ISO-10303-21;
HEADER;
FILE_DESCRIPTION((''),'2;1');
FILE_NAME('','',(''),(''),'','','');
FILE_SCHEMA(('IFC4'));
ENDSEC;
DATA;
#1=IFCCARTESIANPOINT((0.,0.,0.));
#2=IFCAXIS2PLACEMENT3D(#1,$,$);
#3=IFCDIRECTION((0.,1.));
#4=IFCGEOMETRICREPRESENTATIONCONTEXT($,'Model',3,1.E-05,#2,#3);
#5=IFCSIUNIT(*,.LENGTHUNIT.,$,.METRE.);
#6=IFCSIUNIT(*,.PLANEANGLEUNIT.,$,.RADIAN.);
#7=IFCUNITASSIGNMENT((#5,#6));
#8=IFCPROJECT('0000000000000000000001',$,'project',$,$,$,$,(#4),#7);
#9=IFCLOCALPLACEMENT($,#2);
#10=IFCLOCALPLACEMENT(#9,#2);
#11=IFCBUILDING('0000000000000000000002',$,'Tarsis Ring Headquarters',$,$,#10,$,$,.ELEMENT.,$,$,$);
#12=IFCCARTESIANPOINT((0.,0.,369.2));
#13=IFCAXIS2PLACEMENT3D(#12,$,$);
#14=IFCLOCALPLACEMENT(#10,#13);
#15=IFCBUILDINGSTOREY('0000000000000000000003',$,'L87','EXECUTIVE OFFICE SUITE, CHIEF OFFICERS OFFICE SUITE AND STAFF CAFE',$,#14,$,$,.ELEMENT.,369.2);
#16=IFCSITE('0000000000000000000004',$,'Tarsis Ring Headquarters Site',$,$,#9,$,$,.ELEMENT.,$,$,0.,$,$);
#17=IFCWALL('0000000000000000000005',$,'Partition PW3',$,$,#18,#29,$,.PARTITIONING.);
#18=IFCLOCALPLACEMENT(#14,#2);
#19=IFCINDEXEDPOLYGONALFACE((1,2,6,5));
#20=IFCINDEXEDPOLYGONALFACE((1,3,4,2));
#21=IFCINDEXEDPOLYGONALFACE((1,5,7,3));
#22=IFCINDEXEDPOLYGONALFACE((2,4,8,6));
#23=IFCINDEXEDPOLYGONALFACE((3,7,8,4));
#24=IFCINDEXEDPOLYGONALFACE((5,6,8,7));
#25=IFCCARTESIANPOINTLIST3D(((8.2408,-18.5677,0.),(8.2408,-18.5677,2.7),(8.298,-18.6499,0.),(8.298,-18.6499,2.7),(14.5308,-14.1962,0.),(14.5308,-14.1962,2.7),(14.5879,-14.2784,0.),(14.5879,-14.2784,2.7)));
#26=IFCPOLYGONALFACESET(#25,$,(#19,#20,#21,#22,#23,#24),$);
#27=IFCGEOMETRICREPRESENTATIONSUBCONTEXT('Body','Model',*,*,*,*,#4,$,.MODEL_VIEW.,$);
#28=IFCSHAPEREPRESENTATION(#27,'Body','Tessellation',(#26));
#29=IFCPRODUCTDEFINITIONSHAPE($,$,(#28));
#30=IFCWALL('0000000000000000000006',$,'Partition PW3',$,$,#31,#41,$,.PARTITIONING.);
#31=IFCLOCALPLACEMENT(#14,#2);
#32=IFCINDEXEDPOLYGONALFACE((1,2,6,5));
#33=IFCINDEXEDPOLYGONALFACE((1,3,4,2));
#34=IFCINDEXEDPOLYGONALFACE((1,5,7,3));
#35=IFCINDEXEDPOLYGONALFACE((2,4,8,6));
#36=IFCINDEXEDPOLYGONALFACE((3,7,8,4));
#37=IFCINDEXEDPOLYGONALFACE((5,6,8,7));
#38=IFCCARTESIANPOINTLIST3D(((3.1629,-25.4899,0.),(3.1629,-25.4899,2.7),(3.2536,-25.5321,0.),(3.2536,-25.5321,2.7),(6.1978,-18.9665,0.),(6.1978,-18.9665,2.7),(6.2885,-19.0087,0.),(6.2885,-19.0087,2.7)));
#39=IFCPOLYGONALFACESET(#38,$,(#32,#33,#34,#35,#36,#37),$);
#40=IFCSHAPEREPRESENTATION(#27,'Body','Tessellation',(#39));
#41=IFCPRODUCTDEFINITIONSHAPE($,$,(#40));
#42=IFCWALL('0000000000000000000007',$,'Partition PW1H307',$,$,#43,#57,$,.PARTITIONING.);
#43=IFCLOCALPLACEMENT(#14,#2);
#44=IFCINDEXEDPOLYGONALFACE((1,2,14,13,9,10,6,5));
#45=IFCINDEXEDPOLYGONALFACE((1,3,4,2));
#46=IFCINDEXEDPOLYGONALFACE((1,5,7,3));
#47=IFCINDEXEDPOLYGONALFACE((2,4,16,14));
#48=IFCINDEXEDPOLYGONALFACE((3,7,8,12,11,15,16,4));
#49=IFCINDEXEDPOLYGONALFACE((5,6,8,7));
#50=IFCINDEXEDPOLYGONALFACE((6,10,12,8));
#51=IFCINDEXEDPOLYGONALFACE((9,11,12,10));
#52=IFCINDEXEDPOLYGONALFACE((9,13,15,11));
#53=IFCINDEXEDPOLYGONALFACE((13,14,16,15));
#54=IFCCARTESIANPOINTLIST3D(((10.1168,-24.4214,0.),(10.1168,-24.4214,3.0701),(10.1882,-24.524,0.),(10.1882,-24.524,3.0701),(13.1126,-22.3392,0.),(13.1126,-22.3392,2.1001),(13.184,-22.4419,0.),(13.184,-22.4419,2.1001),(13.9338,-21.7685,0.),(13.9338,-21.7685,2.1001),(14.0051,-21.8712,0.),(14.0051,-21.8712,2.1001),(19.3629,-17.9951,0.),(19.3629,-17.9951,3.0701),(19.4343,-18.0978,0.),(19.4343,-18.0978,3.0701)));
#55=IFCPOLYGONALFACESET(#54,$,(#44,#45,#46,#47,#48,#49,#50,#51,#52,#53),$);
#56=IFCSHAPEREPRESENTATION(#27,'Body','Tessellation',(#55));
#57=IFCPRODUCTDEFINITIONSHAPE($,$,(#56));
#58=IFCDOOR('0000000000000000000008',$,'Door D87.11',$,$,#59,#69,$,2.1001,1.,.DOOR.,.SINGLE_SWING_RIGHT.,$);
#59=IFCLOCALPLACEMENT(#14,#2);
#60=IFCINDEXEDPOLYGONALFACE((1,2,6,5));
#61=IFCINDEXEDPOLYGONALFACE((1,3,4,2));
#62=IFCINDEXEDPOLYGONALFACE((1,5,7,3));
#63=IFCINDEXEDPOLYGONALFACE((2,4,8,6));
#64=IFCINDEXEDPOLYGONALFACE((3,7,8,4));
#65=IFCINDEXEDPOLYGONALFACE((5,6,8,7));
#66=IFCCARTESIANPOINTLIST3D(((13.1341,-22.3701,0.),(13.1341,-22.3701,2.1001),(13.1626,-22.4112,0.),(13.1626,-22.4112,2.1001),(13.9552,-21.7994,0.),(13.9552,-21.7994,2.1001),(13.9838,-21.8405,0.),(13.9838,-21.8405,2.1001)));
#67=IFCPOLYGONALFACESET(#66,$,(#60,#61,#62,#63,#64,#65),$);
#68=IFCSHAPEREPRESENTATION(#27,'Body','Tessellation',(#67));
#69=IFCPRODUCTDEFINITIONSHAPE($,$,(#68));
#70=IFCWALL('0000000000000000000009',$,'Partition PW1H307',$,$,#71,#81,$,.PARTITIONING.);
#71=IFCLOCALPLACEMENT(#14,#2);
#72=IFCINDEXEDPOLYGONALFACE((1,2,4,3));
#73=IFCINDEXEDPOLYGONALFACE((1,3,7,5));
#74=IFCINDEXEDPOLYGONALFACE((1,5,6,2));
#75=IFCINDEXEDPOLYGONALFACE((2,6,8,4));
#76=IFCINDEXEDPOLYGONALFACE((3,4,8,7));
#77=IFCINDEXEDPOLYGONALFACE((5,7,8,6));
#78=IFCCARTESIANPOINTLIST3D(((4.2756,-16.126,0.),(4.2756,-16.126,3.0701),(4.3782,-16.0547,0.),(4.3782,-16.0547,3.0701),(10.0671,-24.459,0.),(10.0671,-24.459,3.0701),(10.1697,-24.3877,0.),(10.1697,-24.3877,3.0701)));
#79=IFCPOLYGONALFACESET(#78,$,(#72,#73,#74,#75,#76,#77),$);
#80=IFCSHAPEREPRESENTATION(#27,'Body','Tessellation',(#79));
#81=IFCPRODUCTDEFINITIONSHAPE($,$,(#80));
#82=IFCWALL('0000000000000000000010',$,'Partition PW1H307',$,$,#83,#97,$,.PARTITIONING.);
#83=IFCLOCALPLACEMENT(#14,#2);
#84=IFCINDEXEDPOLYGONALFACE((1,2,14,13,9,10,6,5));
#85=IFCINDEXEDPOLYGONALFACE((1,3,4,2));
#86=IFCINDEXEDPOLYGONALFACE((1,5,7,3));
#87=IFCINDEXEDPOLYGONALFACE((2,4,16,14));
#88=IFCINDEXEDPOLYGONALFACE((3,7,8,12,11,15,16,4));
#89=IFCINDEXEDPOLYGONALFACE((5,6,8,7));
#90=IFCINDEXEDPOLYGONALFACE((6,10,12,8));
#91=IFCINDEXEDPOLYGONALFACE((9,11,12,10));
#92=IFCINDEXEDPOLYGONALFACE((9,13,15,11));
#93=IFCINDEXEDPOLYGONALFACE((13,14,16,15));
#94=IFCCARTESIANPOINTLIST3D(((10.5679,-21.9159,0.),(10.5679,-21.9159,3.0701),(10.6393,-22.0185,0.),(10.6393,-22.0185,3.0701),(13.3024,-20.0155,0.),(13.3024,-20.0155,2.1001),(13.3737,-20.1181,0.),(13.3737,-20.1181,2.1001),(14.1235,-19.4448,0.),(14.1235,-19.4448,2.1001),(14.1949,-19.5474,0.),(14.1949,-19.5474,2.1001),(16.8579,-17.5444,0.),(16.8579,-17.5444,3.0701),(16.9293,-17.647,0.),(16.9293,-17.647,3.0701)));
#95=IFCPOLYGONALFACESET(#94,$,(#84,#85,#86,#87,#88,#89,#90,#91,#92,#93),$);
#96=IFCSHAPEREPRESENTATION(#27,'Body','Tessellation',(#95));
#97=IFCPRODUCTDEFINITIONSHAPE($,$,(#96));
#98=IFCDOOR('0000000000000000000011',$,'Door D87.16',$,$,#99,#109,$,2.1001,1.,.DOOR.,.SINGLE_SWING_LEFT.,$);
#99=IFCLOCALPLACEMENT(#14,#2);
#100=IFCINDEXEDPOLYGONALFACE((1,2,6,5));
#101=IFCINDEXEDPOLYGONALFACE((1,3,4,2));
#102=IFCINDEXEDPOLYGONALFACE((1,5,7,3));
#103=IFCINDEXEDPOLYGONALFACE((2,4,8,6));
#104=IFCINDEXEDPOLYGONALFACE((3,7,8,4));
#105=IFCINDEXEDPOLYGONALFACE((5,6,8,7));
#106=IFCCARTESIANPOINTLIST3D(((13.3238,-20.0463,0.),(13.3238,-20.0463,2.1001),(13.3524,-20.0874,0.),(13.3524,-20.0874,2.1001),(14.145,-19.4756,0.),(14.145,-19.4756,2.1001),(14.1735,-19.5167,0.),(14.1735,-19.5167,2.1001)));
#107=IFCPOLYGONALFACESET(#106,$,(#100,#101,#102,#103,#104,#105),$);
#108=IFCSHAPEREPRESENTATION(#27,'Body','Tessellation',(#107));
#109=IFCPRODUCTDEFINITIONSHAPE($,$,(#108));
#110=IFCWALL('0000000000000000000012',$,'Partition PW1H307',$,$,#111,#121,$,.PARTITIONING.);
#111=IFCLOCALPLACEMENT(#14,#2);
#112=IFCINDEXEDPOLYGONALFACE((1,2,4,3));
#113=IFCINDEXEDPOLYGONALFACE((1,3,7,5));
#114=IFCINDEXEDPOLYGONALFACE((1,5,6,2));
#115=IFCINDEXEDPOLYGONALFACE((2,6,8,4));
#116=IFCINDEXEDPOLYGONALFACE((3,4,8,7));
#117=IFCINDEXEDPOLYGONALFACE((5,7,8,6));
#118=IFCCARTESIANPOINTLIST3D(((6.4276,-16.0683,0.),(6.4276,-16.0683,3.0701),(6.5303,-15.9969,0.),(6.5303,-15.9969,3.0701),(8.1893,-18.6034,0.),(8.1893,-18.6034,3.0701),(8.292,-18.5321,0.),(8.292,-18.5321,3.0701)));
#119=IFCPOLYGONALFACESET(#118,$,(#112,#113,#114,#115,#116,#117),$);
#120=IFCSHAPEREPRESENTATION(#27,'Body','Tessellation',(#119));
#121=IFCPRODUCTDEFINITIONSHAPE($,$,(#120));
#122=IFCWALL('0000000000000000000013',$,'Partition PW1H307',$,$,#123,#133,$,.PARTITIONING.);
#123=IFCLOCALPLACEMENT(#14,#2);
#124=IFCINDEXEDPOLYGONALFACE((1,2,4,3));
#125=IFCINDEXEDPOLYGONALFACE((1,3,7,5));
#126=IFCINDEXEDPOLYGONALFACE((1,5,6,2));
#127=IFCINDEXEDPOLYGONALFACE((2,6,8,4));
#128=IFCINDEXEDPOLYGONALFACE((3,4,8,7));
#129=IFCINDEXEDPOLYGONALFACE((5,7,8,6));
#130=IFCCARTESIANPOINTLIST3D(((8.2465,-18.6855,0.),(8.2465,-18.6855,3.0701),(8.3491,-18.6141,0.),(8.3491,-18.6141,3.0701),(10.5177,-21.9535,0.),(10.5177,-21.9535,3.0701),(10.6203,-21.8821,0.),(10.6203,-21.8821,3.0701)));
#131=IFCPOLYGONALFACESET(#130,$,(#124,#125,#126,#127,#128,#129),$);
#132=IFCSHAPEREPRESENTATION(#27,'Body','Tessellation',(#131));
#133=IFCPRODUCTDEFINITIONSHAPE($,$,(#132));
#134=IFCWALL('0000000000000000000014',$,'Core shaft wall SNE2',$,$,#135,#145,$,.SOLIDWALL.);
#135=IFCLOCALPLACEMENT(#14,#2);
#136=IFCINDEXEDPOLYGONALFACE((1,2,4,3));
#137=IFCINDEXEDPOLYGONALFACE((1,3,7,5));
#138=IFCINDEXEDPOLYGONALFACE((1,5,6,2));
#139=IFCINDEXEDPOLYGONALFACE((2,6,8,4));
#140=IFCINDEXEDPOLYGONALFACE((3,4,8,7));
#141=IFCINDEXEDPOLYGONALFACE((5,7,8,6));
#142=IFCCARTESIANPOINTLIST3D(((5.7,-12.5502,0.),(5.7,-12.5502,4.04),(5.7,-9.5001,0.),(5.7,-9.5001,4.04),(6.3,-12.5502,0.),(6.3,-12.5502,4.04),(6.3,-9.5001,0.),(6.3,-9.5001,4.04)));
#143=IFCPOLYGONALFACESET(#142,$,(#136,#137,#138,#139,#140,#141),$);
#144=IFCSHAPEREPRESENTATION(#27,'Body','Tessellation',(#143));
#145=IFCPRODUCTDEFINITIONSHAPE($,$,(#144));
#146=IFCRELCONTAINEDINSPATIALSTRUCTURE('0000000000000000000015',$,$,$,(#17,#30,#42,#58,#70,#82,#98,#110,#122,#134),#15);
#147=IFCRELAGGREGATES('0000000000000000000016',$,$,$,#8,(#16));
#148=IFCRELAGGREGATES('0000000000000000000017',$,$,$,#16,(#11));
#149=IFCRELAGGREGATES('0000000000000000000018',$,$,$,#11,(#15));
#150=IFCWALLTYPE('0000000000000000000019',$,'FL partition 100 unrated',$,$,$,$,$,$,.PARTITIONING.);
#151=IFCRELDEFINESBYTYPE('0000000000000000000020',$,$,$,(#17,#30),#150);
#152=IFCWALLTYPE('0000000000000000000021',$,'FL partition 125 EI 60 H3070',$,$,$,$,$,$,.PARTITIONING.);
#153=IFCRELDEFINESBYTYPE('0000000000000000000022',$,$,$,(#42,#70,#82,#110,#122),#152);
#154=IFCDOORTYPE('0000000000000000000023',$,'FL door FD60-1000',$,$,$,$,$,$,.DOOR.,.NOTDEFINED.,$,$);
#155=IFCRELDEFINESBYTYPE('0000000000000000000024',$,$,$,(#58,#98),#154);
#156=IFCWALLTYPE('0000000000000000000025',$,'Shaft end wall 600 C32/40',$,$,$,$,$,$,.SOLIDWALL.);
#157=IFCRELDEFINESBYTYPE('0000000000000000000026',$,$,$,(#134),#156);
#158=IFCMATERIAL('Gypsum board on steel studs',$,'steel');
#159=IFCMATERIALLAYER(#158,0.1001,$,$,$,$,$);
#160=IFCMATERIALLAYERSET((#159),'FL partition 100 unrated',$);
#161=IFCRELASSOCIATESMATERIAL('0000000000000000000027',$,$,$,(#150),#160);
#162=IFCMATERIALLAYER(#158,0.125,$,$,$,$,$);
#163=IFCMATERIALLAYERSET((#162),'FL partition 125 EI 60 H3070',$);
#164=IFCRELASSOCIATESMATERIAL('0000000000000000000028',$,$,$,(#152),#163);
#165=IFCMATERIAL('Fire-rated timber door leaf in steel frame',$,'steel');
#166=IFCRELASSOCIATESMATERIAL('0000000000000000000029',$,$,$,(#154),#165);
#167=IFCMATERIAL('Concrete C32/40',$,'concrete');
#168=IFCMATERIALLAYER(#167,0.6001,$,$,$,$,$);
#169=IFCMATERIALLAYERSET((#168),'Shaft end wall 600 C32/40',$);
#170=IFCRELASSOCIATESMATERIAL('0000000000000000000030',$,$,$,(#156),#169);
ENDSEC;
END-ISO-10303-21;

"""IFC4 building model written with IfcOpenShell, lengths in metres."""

from ifc_helpers import new_model, si_unit, direction, frame, frame_2d, origin, place, context, subcontext, project, spatial, rectangle, extrude, material, layer, layer_set, type_object, element, fill, save


model = new_model("IFC4")

# Units and contexts
model_context = context("Model", 3, precision=1e-05, world=origin(), true_north=direction((0.0, 1.0)))
body_context = subcontext(model_context, "Body", "Model", "MODEL_VIEW")
ifc_project = project(units=[si_unit("LENGTHUNIT", "METRE"), si_unit("PLANEANGLEUNIT", "RADIAN")], contexts=[model_context])

# Site, building, storey
site_placement = place(None, origin())
site = spatial("IfcSite", under=ifc_project, at=site_placement, Name="Tarsis Ring Headquarters Site", CompositionType="ELEMENT", RefElevation=0.0)
building_placement = place(site_placement, origin())
building = spatial("IfcBuilding", under=site, at=building_placement, Name="Tarsis Ring Headquarters", CompositionType="ELEMENT")
storey_placement = place(building_placement, frame((0.0, 0.0, 369.2)))
storey = spatial("IfcBuildingStorey", under=building, at=storey_placement, Name="L87", Description="EXECUTIVE OFFICE SUITE, CHIEF OFFICERS OFFICE SUITE AND STAFF CAFE", CompositionType="ELEMENT", Elevation=369.2)

# Walls
ifc_material_1 = material(Name="Gypsum board on steel studs", Category="steel")
ifc_layer_1 = layer(ifc_material_1, 0.1001)
ifc_layer_set_1 = layer_set([ifc_layer_1], Name="FL partition 100 unrated")
wall_type_1 = type_object("IfcWallType", Name="FL partition 100 unrated", PredefinedType="PARTITIONING", material=ifc_layer_set_1)
wall_1_placement = place(storey_placement, frame((8.2693, -18.6089, 0.0), z_axis=(0.0, 0.0, 1.0), x_axis=(0.821156, 0.570704, 0.0)))
element("IfcWall", 1, at=wall_1_placement, inside=storey, type_object=wall_type_1, Name="Partition PW3", PredefinedType="PARTITIONING", context=body_context, shape_type="SweptSolid", body=[
    extrude(rectangle(XDim=7.6599, YDim=0.1001, at=frame_2d((3.8301, 0.0))), origin(), (0.0, 0.0, 1.0), 2.7),
])
wall_2_placement = place(storey_placement, frame((3.2083, -25.511, 0.0), z_axis=(0.0, 0.0, 1.0), x_axis=(0.421817, 0.906681, 0.0)))
element("IfcWall", 2, at=wall_2_placement, inside=storey, type_object=wall_type_1, Name="Partition PW3", PredefinedType="PARTITIONING", context=body_context, shape_type="SweptSolid", body=[
    extrude(rectangle(XDim=7.1948, YDim=0.1001, at=frame_2d((3.5974, 0.0))), origin(), (0.0, 0.0, 1.0), 2.7),
])

# Wall, opening, door
ifc_layer_2 = layer(ifc_material_1, 0.125)
ifc_layer_set_2 = layer_set([ifc_layer_2], Name="FL partition 125 EI 60 H3070")
wall_type_2 = type_object("IfcWallType", Name="FL partition 125 EI 60 H3070", PredefinedType="PARTITIONING", material=ifc_layer_set_2)
wall_3_placement = place(storey_placement, frame((10.1526, -24.4727, 0.0), z_axis=(0.0, 0.0, 1.0), x_axis=(0.821146, 0.570718, 0.0)))
wall_3 = element("IfcWall", 3, at=wall_3_placement, inside=storey, type_object=wall_type_2, Name="Partition PW1H307", PredefinedType="PARTITIONING", context=body_context, shape_type="SweptSolid", body=[
    extrude(rectangle(XDim=11.26, YDim=0.125, at=frame_2d((5.6299, 0.0))), origin(), (0.0, 0.0, 1.0), 3.0701),
])
opening_1_placement = place(wall_3_placement, frame((3.6482, 0.0, 0.0)))
opening_1 = element("IfcOpeningElement", 4, at=opening_1_placement, cuts=wall_3, PredefinedType="OPENING", context=body_context, shape_type="SweptSolid", body=[
    extrude(rectangle(XDim=1.0, YDim=2.1001, at=frame_2d((0.5, 1.05))), frame((0.0, 0.0725, 0.0), z_axis=(0.0, -1.0, 0.0), x_axis=(1.0, 0.0, 0.0)), (0.0, 0.0, 1.0), 0.145),
])
ifc_material_2 = material(Name="Fire-rated timber door leaf in steel frame", Category="steel")
door_type_1 = type_object("IfcDoorType", Name="FL door FD60-1000", OperationType="NOTDEFINED", PredefinedType="DOOR", material=ifc_material_2)
door_1_placement = place(opening_1_placement, origin())
door_1 = element("IfcDoor", 5, at=door_1_placement, inside=storey, type_object=door_type_1, Name="Door D87.11", OperationType="SINGLE_SWING_RIGHT", OverallHeight=2.1001, OverallWidth=1.0, PredefinedType="DOOR", context=body_context, shape_type="SweptSolid", body=[
    extrude(rectangle(XDim=1.0, YDim=2.1001, at=frame_2d((0.5, 1.05))), frame((0.0, 0.0249, 0.0), z_axis=(0.0, -1.0, 0.0), x_axis=(1.0, 0.0, 0.0)), (0.0, 0.0, 1.0), 0.05),
])
fill(opening_1, door_1)

# Wall
wall_4_placement = place(storey_placement, frame((4.3269, -16.0903, 0.0), z_axis=(0.0, 0.0, 1.0), x_axis=(0.570708, -0.821153, 0.0)))
element("IfcWall", 6, at=wall_4_placement, inside=storey, type_object=wall_type_2, Name="Partition PW1H307", PredefinedType="PARTITIONING", context=body_context, shape_type="SweptSolid", body=[
    extrude(rectangle(XDim=10.1479, YDim=0.125, at=frame_2d((5.074, 0.0))), origin(), (0.0, 0.0, 1.0), 3.0701),
])

# Wall, opening, door
wall_5_placement = place(storey_placement, frame((10.6035, -21.9673, 0.0), z_axis=(0.0, 0.0, 1.0), x_axis=(0.821156, 0.570704, 0.0)))
wall_5 = element("IfcWall", 7, at=wall_5_placement, inside=storey, type_object=wall_type_2, Name="Partition PW1H307", PredefinedType="PARTITIONING", context=body_context, shape_type="SweptSolid", body=[
    extrude(rectangle(XDim=7.6599, YDim=0.125, at=frame_2d((3.8301, 0.0))), origin(), (0.0, 0.0, 1.0), 3.0701),
])
opening_2_placement = place(wall_5_placement, frame((3.3301, 0.0, 0.0)))
opening_2 = element("IfcOpeningElement", 8, at=opening_2_placement, cuts=wall_5, PredefinedType="OPENING", context=body_context, shape_type="SweptSolid", body=[
    extrude(rectangle(XDim=1.0, YDim=2.1001, at=frame_2d((0.5, 1.05))), frame((0.0, 0.0725, 0.0), z_axis=(0.0, -1.0, 0.0), x_axis=(1.0, 0.0, 0.0)), (0.0, 0.0, 1.0), 0.145),
])
door_2_placement = place(opening_2_placement, origin())
door_2 = element("IfcDoor", 9, at=door_2_placement, inside=storey, type_object=door_type_1, Name="Door D87.16", OperationType="SINGLE_SWING_LEFT", OverallHeight=2.1001, OverallWidth=1.0, PredefinedType="DOOR", context=body_context, shape_type="SweptSolid", body=[
    extrude(rectangle(XDim=1.0, YDim=2.1001, at=frame_2d((0.5, 1.05))), frame((0.0, 0.0249, 0.0), z_axis=(0.0, -1.0, 0.0), x_axis=(1.0, 0.0, 0.0)), (0.0, 0.0, 1.0), 0.05),
])
fill(opening_2, door_2)

# Walls
wall_6_placement = place(storey_placement, frame((6.479, -16.0327, 0.0), z_axis=(0.0, 0.0, 1.0), x_axis=(0.570657, -0.821189, 0.0)))
element("IfcWall", 10, at=wall_6_placement, inside=storey, type_object=wall_type_2, Name="Partition PW1H307", PredefinedType="PARTITIONING", context=body_context, shape_type="SweptSolid", body=[
    extrude(rectangle(XDim=3.0872, YDim=0.125, at=frame_2d((1.5435, 0.0))), origin(), (0.0, 0.0, 1.0), 3.0701),
])
wall_7_placement = place(storey_placement, frame((8.2979, -18.6499, 0.0), z_axis=(0.0, 0.0, 1.0), x_axis=(0.570692, -0.821164, 0.0)))
element("IfcWall", 11, at=wall_7_placement, inside=storey, type_object=wall_type_2, Name="Partition PW1H307", PredefinedType="PARTITIONING", context=body_context, shape_type="SweptSolid", body=[
    extrude(rectangle(XDim=3.9797, YDim=0.125, at=frame_2d((1.9897, 0.0))), origin(), (0.0, 0.0, 1.0), 3.0701),
])
ifc_material_3 = material(Name="Concrete C32/40", Category="concrete")
ifc_layer_3 = layer(ifc_material_3, 0.6001)
ifc_layer_set_3 = layer_set([ifc_layer_3], Name="Shaft end wall 600 C32/40")
wall_type_3 = type_object("IfcWallType", Name="Shaft end wall 600 C32/40", PredefinedType="SOLIDWALL", material=ifc_layer_set_3)
wall_8_placement = place(storey_placement, frame((6.0, -12.55, 0.0), z_axis=(0.0, 0.0, 1.0), x_axis=(0.0, 1.0, 0.0)))
element("IfcWall", 12, at=wall_8_placement, inside=storey, type_object=wall_type_3, Name="Core shaft wall SNE2", PredefinedType="SOLIDWALL", context=body_context, shape_type="SweptSolid", body=[
    extrude(rectangle(XDim=3.05, YDim=0.6001, at=frame_2d((1.5249, 0.0))), origin(), (0.0, 0.0, 1.0), 4.04),
])

save(model, "model.ifc")
